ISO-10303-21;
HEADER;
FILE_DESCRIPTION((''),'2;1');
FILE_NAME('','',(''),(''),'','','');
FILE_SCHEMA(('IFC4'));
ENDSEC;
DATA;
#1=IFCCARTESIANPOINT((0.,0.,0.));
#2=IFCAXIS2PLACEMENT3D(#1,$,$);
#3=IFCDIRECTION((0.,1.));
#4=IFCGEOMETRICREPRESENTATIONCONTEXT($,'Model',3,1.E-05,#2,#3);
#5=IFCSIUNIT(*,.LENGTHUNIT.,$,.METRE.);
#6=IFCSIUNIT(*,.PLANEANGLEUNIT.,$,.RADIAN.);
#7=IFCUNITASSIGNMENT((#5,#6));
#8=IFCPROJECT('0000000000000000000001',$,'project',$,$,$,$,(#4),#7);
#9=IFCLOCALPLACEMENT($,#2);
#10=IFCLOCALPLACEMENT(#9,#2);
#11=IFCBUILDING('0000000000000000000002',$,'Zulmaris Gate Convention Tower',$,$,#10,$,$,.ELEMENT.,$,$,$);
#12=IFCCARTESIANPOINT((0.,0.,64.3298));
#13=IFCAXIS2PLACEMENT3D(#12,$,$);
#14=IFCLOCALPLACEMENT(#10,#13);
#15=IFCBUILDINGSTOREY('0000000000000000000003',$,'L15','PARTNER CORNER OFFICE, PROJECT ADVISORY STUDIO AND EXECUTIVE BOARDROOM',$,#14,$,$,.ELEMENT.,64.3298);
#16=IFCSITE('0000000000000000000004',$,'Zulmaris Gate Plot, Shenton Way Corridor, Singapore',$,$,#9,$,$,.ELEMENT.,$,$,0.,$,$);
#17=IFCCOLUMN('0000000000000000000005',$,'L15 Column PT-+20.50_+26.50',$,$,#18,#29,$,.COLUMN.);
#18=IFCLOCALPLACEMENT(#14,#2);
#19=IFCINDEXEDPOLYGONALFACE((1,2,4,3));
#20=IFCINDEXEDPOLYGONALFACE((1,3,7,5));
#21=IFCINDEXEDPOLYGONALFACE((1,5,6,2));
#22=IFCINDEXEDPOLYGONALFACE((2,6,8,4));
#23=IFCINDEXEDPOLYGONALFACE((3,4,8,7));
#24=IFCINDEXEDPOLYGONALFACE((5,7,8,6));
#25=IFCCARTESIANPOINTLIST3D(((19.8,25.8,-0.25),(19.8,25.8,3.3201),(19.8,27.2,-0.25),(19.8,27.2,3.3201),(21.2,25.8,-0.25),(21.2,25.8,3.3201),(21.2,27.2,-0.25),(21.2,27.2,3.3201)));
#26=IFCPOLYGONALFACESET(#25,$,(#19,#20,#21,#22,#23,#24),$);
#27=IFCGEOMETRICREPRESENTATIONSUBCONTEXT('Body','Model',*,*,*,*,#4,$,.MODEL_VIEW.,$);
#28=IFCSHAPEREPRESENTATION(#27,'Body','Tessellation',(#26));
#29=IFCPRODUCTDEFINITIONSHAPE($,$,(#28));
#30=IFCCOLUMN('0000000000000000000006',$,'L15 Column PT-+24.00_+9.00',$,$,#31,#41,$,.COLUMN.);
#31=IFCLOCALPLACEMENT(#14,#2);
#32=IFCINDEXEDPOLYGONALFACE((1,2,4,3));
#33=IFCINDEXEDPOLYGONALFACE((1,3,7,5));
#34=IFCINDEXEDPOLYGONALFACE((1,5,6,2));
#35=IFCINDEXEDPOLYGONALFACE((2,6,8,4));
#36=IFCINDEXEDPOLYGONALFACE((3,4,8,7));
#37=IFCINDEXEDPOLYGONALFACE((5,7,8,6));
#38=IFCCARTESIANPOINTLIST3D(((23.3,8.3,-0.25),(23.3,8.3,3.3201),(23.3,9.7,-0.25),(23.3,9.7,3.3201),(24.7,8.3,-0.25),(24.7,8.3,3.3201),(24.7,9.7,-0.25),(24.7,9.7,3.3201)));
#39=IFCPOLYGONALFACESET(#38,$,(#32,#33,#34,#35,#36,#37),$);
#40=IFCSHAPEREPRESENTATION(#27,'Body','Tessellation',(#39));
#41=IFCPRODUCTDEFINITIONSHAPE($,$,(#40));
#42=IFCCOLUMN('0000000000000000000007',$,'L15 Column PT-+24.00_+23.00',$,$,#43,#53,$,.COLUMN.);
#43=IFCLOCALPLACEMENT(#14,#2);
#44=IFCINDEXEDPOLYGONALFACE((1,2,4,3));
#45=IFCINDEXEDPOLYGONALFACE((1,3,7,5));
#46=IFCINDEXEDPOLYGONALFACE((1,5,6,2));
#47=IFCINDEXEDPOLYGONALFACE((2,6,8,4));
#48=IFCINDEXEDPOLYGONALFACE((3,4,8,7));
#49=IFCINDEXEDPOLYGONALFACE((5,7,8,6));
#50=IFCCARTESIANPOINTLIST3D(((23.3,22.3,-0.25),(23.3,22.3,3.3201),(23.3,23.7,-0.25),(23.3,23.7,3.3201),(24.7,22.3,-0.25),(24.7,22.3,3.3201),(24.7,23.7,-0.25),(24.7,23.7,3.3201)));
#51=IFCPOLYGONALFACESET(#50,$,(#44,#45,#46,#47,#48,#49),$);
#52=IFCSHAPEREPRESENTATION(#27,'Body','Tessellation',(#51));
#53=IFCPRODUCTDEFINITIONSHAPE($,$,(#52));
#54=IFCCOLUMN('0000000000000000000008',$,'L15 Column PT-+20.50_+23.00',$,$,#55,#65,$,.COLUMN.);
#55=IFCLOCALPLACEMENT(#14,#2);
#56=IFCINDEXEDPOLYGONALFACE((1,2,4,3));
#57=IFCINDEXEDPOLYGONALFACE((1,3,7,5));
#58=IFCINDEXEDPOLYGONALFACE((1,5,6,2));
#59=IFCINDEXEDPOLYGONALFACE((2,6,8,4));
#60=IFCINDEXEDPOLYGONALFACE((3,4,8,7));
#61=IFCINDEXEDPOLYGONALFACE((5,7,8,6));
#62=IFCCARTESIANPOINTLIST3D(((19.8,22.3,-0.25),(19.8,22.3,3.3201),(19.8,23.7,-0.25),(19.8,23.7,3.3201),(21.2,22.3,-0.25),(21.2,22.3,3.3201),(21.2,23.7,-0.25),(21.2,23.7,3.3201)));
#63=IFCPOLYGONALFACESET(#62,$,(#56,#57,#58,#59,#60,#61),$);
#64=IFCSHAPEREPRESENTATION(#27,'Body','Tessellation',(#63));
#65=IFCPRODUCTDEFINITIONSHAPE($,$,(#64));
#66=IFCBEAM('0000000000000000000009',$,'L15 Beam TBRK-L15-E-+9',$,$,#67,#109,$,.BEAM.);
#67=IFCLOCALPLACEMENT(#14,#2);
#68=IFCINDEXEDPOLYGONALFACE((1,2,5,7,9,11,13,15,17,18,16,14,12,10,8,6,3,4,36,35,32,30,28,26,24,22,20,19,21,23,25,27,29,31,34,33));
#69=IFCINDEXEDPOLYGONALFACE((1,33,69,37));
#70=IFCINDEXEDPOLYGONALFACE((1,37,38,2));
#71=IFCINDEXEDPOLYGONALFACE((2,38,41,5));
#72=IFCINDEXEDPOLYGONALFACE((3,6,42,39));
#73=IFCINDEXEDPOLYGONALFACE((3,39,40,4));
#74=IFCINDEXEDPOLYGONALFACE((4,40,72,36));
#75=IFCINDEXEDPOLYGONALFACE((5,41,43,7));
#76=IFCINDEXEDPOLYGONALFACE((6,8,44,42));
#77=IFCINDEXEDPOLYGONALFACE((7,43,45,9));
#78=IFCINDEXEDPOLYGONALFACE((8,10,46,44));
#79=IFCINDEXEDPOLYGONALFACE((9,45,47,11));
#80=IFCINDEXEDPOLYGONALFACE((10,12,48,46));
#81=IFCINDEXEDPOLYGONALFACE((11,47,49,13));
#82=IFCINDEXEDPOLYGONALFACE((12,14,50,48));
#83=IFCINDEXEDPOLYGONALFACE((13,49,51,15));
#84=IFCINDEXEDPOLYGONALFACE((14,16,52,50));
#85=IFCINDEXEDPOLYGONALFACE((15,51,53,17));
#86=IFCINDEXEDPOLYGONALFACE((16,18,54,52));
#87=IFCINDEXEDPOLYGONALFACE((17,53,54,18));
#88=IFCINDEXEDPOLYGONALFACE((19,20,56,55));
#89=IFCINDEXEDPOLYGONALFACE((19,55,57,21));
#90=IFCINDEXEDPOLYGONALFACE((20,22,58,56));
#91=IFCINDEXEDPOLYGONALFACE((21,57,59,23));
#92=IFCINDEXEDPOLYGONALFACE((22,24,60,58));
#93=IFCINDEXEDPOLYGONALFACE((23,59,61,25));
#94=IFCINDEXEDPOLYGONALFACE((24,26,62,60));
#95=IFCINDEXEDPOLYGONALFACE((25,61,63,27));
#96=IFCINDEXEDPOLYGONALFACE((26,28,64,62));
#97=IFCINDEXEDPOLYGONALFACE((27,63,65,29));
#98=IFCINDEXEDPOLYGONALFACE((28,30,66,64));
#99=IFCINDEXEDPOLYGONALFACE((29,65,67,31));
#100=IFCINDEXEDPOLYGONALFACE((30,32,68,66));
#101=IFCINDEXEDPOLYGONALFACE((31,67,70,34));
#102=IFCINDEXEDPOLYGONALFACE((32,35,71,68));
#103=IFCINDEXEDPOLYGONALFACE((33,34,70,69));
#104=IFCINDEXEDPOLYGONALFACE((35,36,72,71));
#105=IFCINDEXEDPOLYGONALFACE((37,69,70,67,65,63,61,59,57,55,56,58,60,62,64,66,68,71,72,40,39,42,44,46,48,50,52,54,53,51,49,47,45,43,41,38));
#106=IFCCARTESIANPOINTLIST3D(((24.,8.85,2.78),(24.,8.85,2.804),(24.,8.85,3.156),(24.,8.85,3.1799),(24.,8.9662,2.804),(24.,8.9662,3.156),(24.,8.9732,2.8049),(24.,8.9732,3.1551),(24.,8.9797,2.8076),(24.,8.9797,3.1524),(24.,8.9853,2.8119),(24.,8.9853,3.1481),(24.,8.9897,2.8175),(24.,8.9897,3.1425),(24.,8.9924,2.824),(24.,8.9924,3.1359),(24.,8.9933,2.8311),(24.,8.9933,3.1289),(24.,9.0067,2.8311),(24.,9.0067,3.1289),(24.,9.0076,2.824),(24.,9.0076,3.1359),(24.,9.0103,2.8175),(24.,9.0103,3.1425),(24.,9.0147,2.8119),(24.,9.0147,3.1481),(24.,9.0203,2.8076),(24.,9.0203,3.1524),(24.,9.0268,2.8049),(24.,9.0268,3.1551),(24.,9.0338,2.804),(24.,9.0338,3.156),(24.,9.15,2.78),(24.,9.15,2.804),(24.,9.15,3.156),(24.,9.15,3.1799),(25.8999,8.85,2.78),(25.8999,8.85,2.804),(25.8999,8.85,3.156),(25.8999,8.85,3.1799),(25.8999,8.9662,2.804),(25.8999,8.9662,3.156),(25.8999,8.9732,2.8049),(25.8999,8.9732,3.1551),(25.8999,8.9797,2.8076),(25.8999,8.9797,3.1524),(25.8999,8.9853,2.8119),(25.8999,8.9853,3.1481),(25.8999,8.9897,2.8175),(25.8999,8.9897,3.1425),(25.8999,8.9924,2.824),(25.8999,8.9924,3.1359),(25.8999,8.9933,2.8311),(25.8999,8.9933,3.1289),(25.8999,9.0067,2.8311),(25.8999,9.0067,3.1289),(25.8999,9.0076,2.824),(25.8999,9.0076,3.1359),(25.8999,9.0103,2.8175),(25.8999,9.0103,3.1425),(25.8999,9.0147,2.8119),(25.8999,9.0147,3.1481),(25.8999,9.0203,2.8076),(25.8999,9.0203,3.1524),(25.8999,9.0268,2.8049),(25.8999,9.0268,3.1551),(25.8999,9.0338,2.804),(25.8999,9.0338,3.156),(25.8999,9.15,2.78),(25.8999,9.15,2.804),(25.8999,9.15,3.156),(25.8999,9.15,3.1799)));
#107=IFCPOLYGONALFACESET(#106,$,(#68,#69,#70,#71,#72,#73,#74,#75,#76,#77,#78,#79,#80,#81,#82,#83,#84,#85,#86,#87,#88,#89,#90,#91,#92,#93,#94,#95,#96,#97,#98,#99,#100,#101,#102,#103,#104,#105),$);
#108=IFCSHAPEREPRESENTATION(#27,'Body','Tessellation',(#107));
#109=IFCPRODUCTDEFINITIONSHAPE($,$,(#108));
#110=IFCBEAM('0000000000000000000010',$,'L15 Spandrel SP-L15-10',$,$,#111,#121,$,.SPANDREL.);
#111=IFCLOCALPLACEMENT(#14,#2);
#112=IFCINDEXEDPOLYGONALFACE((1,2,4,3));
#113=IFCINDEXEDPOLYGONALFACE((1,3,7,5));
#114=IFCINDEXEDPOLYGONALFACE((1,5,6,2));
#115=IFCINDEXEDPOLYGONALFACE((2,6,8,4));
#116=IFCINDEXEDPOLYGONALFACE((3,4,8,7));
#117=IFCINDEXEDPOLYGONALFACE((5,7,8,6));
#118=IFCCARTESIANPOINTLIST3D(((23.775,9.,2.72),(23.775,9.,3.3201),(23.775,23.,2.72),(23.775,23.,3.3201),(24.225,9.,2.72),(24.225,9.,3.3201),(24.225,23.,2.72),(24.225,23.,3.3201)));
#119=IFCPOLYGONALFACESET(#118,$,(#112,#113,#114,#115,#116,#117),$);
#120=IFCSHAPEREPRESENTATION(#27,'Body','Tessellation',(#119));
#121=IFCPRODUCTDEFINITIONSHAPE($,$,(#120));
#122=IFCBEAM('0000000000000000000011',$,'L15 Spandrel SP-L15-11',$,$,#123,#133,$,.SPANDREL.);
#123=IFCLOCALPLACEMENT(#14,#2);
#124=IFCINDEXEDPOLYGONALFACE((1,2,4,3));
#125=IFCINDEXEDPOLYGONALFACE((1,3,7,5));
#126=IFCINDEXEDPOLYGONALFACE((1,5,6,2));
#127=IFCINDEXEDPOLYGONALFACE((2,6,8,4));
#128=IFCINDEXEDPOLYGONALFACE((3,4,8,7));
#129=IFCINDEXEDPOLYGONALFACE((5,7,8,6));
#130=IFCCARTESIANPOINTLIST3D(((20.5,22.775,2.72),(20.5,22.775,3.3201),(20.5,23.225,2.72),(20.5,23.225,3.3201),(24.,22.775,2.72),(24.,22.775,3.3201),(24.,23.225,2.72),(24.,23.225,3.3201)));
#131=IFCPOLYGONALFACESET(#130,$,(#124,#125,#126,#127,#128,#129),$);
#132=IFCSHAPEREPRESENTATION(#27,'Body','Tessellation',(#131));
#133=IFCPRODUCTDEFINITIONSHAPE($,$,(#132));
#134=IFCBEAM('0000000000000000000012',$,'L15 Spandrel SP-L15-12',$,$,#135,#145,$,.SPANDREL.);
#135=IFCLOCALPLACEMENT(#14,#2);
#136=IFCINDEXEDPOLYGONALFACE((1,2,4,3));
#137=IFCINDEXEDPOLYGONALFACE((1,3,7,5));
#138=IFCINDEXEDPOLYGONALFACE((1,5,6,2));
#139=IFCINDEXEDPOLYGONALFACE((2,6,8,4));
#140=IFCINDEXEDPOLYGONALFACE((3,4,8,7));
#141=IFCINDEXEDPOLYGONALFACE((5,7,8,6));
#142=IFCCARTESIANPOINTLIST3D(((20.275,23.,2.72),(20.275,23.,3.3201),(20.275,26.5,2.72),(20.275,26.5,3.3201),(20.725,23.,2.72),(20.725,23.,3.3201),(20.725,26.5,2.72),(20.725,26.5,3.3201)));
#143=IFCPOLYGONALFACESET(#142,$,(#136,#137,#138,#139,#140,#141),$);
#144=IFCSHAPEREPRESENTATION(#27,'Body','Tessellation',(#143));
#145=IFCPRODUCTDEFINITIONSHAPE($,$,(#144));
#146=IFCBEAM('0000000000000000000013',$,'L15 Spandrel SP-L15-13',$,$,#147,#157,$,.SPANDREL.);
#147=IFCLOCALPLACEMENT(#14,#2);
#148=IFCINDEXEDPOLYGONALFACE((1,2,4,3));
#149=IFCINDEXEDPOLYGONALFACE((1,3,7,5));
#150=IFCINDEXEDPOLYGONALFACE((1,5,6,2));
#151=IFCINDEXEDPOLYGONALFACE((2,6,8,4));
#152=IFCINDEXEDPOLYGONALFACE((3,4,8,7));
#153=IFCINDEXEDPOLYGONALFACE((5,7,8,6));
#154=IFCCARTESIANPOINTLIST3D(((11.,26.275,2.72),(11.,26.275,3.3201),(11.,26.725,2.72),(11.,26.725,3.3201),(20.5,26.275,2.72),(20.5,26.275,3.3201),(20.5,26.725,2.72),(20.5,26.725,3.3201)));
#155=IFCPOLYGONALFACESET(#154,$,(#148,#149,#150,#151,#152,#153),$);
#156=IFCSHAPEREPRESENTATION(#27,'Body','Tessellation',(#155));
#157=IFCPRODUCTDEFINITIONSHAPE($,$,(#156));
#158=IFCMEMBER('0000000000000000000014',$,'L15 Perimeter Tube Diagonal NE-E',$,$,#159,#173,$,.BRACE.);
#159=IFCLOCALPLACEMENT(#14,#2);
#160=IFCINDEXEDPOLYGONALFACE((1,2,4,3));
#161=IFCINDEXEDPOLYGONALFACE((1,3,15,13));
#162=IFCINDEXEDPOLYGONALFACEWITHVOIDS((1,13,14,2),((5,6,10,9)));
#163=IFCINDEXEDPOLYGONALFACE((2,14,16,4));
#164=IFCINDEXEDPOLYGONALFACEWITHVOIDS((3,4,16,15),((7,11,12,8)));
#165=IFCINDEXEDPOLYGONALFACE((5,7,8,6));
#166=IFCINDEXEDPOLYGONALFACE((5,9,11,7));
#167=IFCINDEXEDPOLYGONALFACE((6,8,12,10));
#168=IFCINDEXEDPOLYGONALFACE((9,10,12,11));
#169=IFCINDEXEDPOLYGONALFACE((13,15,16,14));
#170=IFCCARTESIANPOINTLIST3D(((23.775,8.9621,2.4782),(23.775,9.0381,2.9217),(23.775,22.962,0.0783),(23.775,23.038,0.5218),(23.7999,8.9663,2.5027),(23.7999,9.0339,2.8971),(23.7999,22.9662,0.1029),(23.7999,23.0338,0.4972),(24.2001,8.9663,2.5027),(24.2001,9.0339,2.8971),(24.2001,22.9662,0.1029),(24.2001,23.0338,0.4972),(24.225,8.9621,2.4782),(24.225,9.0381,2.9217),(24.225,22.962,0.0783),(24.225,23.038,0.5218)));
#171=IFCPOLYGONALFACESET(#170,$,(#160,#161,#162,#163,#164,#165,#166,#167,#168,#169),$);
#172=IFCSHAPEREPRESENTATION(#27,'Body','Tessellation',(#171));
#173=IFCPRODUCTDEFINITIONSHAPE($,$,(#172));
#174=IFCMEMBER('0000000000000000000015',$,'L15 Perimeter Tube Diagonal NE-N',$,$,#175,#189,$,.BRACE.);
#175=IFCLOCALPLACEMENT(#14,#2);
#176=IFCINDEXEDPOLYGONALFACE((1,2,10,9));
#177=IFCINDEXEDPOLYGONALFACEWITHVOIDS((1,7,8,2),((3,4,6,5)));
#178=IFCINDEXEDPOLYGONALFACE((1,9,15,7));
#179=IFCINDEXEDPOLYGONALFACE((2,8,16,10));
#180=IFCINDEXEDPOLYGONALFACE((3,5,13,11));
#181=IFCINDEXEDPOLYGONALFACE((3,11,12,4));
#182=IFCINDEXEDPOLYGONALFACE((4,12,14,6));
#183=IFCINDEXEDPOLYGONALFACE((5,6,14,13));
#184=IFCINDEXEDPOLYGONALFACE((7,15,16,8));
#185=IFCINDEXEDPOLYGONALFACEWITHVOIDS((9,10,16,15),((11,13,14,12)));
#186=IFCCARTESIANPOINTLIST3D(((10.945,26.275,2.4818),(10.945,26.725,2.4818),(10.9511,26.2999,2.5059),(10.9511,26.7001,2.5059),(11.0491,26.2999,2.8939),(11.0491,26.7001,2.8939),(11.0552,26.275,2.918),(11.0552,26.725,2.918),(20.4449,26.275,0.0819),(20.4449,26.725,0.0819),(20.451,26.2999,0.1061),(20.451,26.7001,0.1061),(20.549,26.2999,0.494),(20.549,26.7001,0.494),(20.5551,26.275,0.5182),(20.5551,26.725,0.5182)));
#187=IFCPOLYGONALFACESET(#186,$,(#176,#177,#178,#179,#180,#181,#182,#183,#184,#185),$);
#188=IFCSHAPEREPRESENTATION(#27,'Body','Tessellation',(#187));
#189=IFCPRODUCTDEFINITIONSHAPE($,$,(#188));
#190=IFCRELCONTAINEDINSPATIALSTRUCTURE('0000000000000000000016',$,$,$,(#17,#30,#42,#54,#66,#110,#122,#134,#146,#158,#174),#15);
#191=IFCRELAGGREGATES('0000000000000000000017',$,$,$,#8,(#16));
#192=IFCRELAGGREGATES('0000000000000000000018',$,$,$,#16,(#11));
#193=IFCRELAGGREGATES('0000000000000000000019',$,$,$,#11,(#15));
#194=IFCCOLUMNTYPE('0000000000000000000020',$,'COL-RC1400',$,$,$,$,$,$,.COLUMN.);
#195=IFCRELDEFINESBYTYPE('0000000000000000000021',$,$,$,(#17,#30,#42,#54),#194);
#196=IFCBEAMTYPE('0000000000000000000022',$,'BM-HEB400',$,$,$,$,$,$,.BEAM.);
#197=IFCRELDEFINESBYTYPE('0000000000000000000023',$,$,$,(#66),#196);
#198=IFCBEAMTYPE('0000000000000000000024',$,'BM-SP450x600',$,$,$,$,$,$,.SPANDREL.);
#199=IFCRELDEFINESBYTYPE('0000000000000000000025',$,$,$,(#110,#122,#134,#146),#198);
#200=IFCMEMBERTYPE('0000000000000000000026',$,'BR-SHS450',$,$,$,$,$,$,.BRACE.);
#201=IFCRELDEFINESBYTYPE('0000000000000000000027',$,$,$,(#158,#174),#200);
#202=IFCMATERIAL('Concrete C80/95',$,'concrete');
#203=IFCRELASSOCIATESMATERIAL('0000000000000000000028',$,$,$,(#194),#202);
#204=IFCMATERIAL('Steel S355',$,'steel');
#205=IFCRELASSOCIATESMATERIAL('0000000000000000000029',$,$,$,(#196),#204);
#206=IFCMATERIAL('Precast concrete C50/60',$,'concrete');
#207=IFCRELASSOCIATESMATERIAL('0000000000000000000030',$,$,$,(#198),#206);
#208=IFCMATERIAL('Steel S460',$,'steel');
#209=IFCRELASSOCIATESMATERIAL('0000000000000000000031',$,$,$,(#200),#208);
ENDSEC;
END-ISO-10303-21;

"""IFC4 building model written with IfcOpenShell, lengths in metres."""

from ifc_helpers import new_model, si_unit, direction, frame, origin, origin_2d, place, context, subcontext, project, spatial, rectangle, hollow_rectangle, i_section, extrude, material, material_profile, profile_set, type_object, element, save


model = new_model("IFC4")

# Units and contexts
model_context = context("Model", 3, precision=1e-05, world=origin(), true_north=direction((0.0, 1.0)))
body_context = subcontext(model_context, "Body", "Model", "MODEL_VIEW")
ifc_project = project(units=[si_unit("LENGTHUNIT", "METRE"), si_unit("PLANEANGLEUNIT", "RADIAN")], contexts=[model_context])

# Site, building, storey
site_placement = place(None, origin())
site = spatial("IfcSite", under=ifc_project, at=site_placement, Name="Zulmaris Gate Plot, Shenton Way Corridor, Singapore", CompositionType="ELEMENT", RefElevation=0.0)
building_placement = place(site_placement, origin())
building = spatial("IfcBuilding", under=site, at=building_placement, Name="Zulmaris Gate Convention Tower", CompositionType="ELEMENT")
storey_placement = place(building_placement, frame((0.0, 0.0, 64.3298)))
storey = spatial("IfcBuildingStorey", under=building, at=storey_placement, Name="L15", Description="PARTNER CORNER OFFICE, PROJECT ADVISORY STUDIO AND EXECUTIVE BOARDROOM", CompositionType="ELEMENT", Elevation=64.3298)

# Columns
ifc_material_1 = material(Name="Concrete C80/95", Category="concrete")
ifc_material_profile_1 = material_profile(ifc_material_1, rectangle(XDim=1.3999, YDim=1.3999, at=origin_2d()), Name="RC COL 1400x1400")
ifc_profile_set_1 = profile_set([ifc_material_profile_1], Name="Concrete C80/95")
column_type = type_object("IfcColumnType", Name="COL-RC1400", PredefinedType="COLUMN", material=ifc_profile_set_1)
for number, where, z_axis, x_axis, name in (
    (1, (20.5, 26.5, -0.25), (0.0, 0.0, 1.0), (1.0, 0.0, 0.0), "L15 Column PT-+20.50_+26.50"),
    (2, (24.0, 9.0, -0.25), (0.0, 0.0, 1.0), (1.0, 0.0, 0.0), "L15 Column PT-+24.00_+9.00"),
    (3, (24.0, 23.0, -0.25), (0.0, 0.0, 1.0), (1.0, 0.0, 0.0), "L15 Column PT-+24.00_+23.00"),
    (4, (20.5, 23.0, -0.25), (0.0, 0.0, 1.0), (1.0, 0.0, 0.0), "L15 Column PT-+20.50_+23.00"),
):
    element("IfcColumn", number, at=place(storey_placement, frame(where, z_axis=z_axis, x_axis=x_axis)), inside=storey, type_object=column_type, Name=name, PredefinedType="COLUMN", context=body_context, shape_type="SweptSolid", body=[
        extrude(rectangle(XDim=1.3999, YDim=1.3999, at=origin_2d()), origin(), (0.0, 0.0, 1.0), 3.5701),
    ])

# Beams
ifc_material_2 = material(Name="Steel S355", Category="steel")
ifc_material_profile_2 = material_profile(ifc_material_2, i_section(OverallWidth=0.3, OverallDepth=0.3999, WebThickness=0.0134, FlangeThickness=0.0239, FilletRadius=0.0271, at=origin_2d()), Name="HEB 400")
ifc_profile_set_2 = profile_set([ifc_material_profile_2], Name="Steel S355")
beam_type_1 = type_object("IfcBeamType", Name="BM-HEB400", PredefinedType="BEAM", material=ifc_profile_set_2)
beam_1_placement = place(storey_placement, frame((24.0, 9.0, 2.98), z_axis=(1.0, 0.0, 0.0), x_axis=(0.0, 1.0, 0.0)))
element("IfcBeam", 5, at=beam_1_placement, inside=storey, type_object=beam_type_1, Name="L15 Beam TBRK-L15-E-+9", PredefinedType="BEAM", context=body_context, shape_type="SweptSolid", body=[
    extrude(i_section(OverallWidth=0.3, OverallDepth=0.3999, WebThickness=0.0134, FlangeThickness=0.0239, FilletRadius=0.0271, at=origin_2d()), origin(), (0.0, 0.0, 1.0), 1.8999),
])
ifc_material_3 = material(Name="Precast concrete C50/60", Category="concrete")
ifc_material_profile_3 = material_profile(ifc_material_3, rectangle(XDim=0.45, YDim=0.6001, at=origin_2d()), Name="RC SPANDREL 450x600")
ifc_profile_set_3 = profile_set([ifc_material_profile_3], Name="Precast concrete C50/60")
beam_type_2 = type_object("IfcBeamType", Name="BM-SP450x600", PredefinedType="SPANDREL", material=ifc_profile_set_3)
beam_2_placement = place(storey_placement, frame((24.0, 9.0, 3.02), z_axis=(0.0, 1.0, 0.0), x_axis=(-1.0, 0.0, 0.0)))
element("IfcBeam", 6, at=beam_2_placement, inside=storey, type_object=beam_type_2, Name="L15 Spandrel SP-L15-10", PredefinedType="SPANDREL", context=body_context, shape_type="SweptSolid", body=[
    extrude(rectangle(XDim=0.45, YDim=0.6001, at=origin_2d()), origin(), (0.0, 0.0, 1.0), 14.0),
])
for number, where, z_axis, x_axis, name in (
    (7, (24.0, 23.0, 3.02), (-1.0, 0.0, 0.0), (0.0, -1.0, 0.0), "L15 Spandrel SP-L15-11"),
    (8, (20.5, 23.0, 3.02), (0.0, 1.0, 0.0), (-1.0, 0.0, 0.0), "L15 Spandrel SP-L15-12"),
):
    element("IfcBeam", number, at=place(storey_placement, frame(where, z_axis=z_axis, x_axis=x_axis)), inside=storey, type_object=beam_type_2, Name=name, PredefinedType="SPANDREL", context=body_context, shape_type="SweptSolid", body=[
        extrude(rectangle(XDim=0.45, YDim=0.6001, at=origin_2d()), origin(), (0.0, 0.0, 1.0), 3.5),
    ])
beam_3_placement = place(storey_placement, frame((20.5, 26.5, 3.02), z_axis=(-1.0, 0.0, 0.0), x_axis=(0.0, -1.0, 0.0)))
element("IfcBeam", 9, at=beam_3_placement, inside=storey, type_object=beam_type_2, Name="L15 Spandrel SP-L15-13", PredefinedType="SPANDREL", context=body_context, shape_type="SweptSolid", body=[
    extrude(rectangle(XDim=0.45, YDim=0.6001, at=origin_2d()), origin(), (0.0, 0.0, 1.0), 9.5),
])

# Members
ifc_material_4 = material(Name="Steel S460", Category="steel")
ifc_material_profile_4 = material_profile(ifc_material_4, hollow_rectangle(XDim=0.45, YDim=0.45, WallThickness=0.0249, at=origin_2d()), Name="SHS 450x450x25")
ifc_profile_set_4 = profile_set([ifc_material_profile_4], Name="Steel S460")
member_type = type_object("IfcMemberType", Name="BR-SHS450", PredefinedType="BRACE", material=ifc_profile_set_4)
member_1_placement = place(storey_placement, frame((24.0, 23.0, 0.3), z_axis=(0.0, -0.985623, 0.168957), x_axis=(1.0, 0.0, 0.0)))
element("IfcMember", 10, at=member_1_placement, inside=storey, type_object=member_type, Name="L15 Perimeter Tube Diagonal NE-E", PredefinedType="BRACE", context=body_context, shape_type="SweptSolid", body=[
    extrude(hollow_rectangle(XDim=0.45, YDim=0.45, WallThickness=0.0249, at=origin_2d()), origin(), (0.0, 0.0, 1.0), 14.2041),
])
member_2_placement = place(storey_placement, frame((20.5, 26.5, 0.3), z_axis=(-0.969542, 0.0, 0.244927), x_axis=(0.0, -1.0, 0.0)))
element("IfcMember", 11, at=member_2_placement, inside=storey, type_object=member_type, Name="L15 Perimeter Tube Diagonal NE-N", PredefinedType="BRACE", context=body_context, shape_type="SweptSolid", body=[
    extrude(hollow_rectangle(XDim=0.45, YDim=0.45, WallThickness=0.0249, at=origin_2d()), origin(), (0.0, 0.0, 1.0), 9.7983),
])

save(model, "model.ifc")
